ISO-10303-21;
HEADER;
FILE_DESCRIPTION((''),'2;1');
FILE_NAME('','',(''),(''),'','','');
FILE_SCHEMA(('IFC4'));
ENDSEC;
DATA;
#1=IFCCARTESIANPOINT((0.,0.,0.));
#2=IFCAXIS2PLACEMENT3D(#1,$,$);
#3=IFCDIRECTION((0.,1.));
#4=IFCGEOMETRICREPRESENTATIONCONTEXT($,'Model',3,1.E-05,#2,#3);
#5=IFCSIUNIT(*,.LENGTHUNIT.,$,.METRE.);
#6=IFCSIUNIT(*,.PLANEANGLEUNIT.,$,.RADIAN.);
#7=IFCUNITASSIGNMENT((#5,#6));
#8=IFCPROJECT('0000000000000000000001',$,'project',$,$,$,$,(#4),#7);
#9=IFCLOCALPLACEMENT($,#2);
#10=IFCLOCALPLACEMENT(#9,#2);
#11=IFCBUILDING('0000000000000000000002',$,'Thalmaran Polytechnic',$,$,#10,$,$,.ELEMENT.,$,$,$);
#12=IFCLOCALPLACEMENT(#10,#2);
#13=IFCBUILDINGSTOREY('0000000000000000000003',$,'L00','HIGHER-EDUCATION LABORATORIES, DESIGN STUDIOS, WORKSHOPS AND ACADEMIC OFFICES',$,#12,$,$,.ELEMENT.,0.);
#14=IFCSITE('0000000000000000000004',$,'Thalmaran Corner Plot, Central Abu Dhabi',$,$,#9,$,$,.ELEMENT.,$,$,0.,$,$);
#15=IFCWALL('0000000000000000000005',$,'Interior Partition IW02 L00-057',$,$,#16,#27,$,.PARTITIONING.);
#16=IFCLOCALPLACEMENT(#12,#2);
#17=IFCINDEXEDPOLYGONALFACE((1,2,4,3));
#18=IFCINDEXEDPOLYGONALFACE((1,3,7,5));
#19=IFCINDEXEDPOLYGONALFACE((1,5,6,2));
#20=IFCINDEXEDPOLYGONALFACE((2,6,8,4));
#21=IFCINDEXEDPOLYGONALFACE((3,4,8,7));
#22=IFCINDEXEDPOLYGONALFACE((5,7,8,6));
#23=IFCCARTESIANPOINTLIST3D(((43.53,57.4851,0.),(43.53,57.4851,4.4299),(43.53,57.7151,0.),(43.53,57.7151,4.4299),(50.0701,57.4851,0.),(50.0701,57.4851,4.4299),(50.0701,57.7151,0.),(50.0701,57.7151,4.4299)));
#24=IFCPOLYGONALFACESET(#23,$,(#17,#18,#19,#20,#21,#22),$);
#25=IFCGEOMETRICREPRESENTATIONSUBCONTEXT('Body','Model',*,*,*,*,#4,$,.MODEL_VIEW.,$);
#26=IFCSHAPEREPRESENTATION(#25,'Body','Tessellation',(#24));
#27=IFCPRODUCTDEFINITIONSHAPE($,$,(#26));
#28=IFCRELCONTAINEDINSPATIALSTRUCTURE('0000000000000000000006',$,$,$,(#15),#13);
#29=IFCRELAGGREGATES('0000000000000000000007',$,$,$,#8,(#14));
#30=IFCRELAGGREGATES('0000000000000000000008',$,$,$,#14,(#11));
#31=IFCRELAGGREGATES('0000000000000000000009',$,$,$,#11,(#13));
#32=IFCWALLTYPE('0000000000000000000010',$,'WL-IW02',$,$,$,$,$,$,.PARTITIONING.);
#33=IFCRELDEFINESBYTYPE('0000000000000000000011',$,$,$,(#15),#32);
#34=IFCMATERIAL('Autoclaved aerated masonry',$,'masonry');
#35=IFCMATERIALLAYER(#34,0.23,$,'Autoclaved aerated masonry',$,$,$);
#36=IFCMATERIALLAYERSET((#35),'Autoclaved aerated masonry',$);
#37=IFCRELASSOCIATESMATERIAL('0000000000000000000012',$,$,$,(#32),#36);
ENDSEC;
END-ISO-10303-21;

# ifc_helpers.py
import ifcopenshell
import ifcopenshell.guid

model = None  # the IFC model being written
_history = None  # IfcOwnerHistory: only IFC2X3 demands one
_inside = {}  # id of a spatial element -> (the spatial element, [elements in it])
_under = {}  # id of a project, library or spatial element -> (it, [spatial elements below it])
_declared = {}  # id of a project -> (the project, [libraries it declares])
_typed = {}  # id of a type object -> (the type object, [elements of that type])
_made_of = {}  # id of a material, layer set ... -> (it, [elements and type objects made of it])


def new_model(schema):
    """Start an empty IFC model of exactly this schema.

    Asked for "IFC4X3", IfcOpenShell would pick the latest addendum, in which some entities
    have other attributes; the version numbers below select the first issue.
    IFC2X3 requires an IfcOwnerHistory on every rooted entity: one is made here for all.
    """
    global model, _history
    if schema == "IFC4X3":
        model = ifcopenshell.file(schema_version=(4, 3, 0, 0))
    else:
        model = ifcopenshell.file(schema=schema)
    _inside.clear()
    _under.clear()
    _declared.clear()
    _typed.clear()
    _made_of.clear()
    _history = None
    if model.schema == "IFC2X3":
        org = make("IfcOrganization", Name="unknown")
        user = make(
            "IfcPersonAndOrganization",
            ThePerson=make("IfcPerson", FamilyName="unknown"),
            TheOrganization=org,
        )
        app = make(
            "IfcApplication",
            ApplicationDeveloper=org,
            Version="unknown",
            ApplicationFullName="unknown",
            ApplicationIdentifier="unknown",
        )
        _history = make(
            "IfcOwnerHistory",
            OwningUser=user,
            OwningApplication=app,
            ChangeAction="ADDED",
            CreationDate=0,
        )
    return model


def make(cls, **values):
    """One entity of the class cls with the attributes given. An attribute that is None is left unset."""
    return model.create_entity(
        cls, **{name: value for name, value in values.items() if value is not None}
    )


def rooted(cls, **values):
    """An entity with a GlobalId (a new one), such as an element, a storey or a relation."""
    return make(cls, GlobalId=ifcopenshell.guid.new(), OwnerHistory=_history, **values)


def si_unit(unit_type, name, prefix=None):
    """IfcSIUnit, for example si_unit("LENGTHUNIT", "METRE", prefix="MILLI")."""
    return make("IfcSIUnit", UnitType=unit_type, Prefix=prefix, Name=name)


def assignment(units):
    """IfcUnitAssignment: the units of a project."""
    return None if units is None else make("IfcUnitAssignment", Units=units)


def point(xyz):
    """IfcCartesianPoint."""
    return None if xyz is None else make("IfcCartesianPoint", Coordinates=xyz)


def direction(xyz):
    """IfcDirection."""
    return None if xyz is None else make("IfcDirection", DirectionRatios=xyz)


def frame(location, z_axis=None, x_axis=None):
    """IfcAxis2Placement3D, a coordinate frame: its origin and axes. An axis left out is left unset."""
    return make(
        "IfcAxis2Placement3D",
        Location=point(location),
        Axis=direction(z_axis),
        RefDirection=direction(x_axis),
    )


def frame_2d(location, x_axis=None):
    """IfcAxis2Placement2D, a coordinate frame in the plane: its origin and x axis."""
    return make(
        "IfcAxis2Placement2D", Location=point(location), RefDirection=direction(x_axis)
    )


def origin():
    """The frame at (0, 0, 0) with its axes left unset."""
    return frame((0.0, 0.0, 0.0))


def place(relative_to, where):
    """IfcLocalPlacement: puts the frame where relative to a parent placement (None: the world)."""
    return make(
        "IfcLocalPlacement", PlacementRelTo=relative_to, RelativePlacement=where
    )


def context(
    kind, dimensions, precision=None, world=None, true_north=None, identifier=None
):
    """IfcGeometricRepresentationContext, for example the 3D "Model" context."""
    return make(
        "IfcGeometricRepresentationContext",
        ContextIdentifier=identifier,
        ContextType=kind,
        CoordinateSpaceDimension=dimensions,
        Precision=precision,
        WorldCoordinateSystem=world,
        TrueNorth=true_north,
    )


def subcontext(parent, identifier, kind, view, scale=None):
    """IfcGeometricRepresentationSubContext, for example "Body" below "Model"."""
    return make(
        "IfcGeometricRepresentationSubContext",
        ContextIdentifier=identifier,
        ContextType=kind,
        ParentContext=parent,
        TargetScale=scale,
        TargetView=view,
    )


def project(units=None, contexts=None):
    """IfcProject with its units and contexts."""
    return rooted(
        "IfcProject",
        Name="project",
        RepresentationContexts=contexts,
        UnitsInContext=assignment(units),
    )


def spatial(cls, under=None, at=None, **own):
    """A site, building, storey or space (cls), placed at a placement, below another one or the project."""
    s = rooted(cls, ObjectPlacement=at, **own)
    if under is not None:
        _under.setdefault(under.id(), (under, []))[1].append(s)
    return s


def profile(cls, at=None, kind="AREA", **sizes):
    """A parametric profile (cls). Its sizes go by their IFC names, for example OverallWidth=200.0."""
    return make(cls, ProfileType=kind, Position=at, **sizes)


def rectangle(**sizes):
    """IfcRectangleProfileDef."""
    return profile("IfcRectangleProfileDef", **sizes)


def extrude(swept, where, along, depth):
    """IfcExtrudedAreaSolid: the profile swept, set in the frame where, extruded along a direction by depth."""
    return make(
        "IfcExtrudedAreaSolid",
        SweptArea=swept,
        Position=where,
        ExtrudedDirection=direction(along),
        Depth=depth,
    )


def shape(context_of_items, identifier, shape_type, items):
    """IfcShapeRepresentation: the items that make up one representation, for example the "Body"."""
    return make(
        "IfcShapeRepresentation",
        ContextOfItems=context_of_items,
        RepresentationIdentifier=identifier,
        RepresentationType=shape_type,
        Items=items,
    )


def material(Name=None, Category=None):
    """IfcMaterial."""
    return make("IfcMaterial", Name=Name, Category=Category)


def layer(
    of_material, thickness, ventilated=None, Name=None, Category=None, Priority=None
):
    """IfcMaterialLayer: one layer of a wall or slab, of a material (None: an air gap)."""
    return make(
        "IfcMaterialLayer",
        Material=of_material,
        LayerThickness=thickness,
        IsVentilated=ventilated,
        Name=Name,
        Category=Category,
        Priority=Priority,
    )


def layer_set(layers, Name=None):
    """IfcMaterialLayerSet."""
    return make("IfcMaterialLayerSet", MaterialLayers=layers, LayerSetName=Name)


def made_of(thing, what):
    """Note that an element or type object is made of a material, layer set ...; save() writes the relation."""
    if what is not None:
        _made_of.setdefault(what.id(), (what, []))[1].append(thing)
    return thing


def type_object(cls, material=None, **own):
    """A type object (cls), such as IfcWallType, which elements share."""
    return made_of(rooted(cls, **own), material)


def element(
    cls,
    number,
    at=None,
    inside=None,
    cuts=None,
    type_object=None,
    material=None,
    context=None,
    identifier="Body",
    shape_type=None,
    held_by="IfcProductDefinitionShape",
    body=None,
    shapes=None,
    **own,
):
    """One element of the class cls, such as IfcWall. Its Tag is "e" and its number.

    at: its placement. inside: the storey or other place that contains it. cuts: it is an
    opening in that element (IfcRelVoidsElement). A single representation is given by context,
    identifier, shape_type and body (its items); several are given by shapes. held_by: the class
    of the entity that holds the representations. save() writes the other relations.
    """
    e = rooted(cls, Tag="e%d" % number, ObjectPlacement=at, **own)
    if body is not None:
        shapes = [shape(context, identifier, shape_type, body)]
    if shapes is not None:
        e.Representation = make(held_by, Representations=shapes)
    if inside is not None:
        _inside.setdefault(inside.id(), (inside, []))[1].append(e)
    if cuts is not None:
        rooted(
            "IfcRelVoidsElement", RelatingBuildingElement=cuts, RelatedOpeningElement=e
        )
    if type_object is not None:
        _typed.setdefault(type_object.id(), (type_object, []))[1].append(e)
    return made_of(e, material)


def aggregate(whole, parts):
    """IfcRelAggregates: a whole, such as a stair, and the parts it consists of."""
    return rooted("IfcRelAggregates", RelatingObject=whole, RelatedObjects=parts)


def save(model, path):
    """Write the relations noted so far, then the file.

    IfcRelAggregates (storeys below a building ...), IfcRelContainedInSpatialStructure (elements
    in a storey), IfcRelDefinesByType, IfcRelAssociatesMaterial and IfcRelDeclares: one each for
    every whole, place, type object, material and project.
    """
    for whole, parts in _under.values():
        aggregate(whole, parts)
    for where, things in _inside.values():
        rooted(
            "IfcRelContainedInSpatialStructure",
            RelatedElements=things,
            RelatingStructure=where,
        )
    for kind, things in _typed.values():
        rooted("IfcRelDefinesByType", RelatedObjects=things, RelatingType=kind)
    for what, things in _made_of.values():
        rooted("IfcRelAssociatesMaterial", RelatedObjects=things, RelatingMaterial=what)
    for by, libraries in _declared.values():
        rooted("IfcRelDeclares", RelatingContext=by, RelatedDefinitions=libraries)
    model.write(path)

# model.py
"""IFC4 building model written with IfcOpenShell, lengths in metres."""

from ifc_helpers import new_model, si_unit, direction, frame, frame_2d, origin, place, context, subcontext, project, spatial, rectangle, extrude, material, layer, layer_set, type_object, element, save


model = new_model("IFC4")

# Units and contexts
model_context = context("Model", 3, precision=1e-05, world=origin(), true_north=direction((0.0, 1.0)))
body_context = subcontext(model_context, "Body", "Model", "MODEL_VIEW")
ifc_project = project(units=[si_unit("LENGTHUNIT", "METRE"), si_unit("PLANEANGLEUNIT", "RADIAN")], contexts=[model_context])

# Site, building, storey
site_placement = place(None, origin())
site = spatial("IfcSite", under=ifc_project, at=site_placement, Name="Thalmaran Corner Plot, Central Abu Dhabi", CompositionType="ELEMENT", RefElevation=0.0)
building_placement = place(site_placement, origin())
building = spatial("IfcBuilding", under=site, at=building_placement, Name="Thalmaran Polytechnic", CompositionType="ELEMENT")
storey_placement = place(building_placement, origin())
storey = spatial("IfcBuildingStorey", under=building, at=storey_placement, Name="L00", Description="HIGHER-EDUCATION LABORATORIES, DESIGN STUDIOS, WORKSHOPS AND ACADEMIC OFFICES", CompositionType="ELEMENT", Elevation=0.0)

# Shared definitions
ifc_material_1 = material(Name="Autoclaved aerated masonry", Category="masonry")
ifc_layer_1 = layer(ifc_material_1, 0.23, Name="Autoclaved aerated masonry")
ifc_layer_set_1 = layer_set([ifc_layer_1], Name="Autoclaved aerated masonry")
wall_type = type_object("IfcWallType", Name="WL-IW02", PredefinedType="PARTITIONING", material=ifc_layer_set_1)

# Wall
wall_1_placement = place(storey_placement, frame((43.53, 57.6001, 0.0), z_axis=(0.0, 0.0, 1.0), x_axis=(1.0, 0.0, 0.0)))
element("IfcWall", 1, at=wall_1_placement, inside=storey, type_object=wall_type, Name="Interior Partition IW02 L00-057", PredefinedType="PARTITIONING", context=body_context, shape_type="SweptSolid", body=[
    extrude(rectangle(XDim=6.54, YDim=0.23, at=frame_2d((3.27, 0.0))), origin(), (0.0, 0.0, 1.0), 4.4299),
])

save(model, "model.ifc")
